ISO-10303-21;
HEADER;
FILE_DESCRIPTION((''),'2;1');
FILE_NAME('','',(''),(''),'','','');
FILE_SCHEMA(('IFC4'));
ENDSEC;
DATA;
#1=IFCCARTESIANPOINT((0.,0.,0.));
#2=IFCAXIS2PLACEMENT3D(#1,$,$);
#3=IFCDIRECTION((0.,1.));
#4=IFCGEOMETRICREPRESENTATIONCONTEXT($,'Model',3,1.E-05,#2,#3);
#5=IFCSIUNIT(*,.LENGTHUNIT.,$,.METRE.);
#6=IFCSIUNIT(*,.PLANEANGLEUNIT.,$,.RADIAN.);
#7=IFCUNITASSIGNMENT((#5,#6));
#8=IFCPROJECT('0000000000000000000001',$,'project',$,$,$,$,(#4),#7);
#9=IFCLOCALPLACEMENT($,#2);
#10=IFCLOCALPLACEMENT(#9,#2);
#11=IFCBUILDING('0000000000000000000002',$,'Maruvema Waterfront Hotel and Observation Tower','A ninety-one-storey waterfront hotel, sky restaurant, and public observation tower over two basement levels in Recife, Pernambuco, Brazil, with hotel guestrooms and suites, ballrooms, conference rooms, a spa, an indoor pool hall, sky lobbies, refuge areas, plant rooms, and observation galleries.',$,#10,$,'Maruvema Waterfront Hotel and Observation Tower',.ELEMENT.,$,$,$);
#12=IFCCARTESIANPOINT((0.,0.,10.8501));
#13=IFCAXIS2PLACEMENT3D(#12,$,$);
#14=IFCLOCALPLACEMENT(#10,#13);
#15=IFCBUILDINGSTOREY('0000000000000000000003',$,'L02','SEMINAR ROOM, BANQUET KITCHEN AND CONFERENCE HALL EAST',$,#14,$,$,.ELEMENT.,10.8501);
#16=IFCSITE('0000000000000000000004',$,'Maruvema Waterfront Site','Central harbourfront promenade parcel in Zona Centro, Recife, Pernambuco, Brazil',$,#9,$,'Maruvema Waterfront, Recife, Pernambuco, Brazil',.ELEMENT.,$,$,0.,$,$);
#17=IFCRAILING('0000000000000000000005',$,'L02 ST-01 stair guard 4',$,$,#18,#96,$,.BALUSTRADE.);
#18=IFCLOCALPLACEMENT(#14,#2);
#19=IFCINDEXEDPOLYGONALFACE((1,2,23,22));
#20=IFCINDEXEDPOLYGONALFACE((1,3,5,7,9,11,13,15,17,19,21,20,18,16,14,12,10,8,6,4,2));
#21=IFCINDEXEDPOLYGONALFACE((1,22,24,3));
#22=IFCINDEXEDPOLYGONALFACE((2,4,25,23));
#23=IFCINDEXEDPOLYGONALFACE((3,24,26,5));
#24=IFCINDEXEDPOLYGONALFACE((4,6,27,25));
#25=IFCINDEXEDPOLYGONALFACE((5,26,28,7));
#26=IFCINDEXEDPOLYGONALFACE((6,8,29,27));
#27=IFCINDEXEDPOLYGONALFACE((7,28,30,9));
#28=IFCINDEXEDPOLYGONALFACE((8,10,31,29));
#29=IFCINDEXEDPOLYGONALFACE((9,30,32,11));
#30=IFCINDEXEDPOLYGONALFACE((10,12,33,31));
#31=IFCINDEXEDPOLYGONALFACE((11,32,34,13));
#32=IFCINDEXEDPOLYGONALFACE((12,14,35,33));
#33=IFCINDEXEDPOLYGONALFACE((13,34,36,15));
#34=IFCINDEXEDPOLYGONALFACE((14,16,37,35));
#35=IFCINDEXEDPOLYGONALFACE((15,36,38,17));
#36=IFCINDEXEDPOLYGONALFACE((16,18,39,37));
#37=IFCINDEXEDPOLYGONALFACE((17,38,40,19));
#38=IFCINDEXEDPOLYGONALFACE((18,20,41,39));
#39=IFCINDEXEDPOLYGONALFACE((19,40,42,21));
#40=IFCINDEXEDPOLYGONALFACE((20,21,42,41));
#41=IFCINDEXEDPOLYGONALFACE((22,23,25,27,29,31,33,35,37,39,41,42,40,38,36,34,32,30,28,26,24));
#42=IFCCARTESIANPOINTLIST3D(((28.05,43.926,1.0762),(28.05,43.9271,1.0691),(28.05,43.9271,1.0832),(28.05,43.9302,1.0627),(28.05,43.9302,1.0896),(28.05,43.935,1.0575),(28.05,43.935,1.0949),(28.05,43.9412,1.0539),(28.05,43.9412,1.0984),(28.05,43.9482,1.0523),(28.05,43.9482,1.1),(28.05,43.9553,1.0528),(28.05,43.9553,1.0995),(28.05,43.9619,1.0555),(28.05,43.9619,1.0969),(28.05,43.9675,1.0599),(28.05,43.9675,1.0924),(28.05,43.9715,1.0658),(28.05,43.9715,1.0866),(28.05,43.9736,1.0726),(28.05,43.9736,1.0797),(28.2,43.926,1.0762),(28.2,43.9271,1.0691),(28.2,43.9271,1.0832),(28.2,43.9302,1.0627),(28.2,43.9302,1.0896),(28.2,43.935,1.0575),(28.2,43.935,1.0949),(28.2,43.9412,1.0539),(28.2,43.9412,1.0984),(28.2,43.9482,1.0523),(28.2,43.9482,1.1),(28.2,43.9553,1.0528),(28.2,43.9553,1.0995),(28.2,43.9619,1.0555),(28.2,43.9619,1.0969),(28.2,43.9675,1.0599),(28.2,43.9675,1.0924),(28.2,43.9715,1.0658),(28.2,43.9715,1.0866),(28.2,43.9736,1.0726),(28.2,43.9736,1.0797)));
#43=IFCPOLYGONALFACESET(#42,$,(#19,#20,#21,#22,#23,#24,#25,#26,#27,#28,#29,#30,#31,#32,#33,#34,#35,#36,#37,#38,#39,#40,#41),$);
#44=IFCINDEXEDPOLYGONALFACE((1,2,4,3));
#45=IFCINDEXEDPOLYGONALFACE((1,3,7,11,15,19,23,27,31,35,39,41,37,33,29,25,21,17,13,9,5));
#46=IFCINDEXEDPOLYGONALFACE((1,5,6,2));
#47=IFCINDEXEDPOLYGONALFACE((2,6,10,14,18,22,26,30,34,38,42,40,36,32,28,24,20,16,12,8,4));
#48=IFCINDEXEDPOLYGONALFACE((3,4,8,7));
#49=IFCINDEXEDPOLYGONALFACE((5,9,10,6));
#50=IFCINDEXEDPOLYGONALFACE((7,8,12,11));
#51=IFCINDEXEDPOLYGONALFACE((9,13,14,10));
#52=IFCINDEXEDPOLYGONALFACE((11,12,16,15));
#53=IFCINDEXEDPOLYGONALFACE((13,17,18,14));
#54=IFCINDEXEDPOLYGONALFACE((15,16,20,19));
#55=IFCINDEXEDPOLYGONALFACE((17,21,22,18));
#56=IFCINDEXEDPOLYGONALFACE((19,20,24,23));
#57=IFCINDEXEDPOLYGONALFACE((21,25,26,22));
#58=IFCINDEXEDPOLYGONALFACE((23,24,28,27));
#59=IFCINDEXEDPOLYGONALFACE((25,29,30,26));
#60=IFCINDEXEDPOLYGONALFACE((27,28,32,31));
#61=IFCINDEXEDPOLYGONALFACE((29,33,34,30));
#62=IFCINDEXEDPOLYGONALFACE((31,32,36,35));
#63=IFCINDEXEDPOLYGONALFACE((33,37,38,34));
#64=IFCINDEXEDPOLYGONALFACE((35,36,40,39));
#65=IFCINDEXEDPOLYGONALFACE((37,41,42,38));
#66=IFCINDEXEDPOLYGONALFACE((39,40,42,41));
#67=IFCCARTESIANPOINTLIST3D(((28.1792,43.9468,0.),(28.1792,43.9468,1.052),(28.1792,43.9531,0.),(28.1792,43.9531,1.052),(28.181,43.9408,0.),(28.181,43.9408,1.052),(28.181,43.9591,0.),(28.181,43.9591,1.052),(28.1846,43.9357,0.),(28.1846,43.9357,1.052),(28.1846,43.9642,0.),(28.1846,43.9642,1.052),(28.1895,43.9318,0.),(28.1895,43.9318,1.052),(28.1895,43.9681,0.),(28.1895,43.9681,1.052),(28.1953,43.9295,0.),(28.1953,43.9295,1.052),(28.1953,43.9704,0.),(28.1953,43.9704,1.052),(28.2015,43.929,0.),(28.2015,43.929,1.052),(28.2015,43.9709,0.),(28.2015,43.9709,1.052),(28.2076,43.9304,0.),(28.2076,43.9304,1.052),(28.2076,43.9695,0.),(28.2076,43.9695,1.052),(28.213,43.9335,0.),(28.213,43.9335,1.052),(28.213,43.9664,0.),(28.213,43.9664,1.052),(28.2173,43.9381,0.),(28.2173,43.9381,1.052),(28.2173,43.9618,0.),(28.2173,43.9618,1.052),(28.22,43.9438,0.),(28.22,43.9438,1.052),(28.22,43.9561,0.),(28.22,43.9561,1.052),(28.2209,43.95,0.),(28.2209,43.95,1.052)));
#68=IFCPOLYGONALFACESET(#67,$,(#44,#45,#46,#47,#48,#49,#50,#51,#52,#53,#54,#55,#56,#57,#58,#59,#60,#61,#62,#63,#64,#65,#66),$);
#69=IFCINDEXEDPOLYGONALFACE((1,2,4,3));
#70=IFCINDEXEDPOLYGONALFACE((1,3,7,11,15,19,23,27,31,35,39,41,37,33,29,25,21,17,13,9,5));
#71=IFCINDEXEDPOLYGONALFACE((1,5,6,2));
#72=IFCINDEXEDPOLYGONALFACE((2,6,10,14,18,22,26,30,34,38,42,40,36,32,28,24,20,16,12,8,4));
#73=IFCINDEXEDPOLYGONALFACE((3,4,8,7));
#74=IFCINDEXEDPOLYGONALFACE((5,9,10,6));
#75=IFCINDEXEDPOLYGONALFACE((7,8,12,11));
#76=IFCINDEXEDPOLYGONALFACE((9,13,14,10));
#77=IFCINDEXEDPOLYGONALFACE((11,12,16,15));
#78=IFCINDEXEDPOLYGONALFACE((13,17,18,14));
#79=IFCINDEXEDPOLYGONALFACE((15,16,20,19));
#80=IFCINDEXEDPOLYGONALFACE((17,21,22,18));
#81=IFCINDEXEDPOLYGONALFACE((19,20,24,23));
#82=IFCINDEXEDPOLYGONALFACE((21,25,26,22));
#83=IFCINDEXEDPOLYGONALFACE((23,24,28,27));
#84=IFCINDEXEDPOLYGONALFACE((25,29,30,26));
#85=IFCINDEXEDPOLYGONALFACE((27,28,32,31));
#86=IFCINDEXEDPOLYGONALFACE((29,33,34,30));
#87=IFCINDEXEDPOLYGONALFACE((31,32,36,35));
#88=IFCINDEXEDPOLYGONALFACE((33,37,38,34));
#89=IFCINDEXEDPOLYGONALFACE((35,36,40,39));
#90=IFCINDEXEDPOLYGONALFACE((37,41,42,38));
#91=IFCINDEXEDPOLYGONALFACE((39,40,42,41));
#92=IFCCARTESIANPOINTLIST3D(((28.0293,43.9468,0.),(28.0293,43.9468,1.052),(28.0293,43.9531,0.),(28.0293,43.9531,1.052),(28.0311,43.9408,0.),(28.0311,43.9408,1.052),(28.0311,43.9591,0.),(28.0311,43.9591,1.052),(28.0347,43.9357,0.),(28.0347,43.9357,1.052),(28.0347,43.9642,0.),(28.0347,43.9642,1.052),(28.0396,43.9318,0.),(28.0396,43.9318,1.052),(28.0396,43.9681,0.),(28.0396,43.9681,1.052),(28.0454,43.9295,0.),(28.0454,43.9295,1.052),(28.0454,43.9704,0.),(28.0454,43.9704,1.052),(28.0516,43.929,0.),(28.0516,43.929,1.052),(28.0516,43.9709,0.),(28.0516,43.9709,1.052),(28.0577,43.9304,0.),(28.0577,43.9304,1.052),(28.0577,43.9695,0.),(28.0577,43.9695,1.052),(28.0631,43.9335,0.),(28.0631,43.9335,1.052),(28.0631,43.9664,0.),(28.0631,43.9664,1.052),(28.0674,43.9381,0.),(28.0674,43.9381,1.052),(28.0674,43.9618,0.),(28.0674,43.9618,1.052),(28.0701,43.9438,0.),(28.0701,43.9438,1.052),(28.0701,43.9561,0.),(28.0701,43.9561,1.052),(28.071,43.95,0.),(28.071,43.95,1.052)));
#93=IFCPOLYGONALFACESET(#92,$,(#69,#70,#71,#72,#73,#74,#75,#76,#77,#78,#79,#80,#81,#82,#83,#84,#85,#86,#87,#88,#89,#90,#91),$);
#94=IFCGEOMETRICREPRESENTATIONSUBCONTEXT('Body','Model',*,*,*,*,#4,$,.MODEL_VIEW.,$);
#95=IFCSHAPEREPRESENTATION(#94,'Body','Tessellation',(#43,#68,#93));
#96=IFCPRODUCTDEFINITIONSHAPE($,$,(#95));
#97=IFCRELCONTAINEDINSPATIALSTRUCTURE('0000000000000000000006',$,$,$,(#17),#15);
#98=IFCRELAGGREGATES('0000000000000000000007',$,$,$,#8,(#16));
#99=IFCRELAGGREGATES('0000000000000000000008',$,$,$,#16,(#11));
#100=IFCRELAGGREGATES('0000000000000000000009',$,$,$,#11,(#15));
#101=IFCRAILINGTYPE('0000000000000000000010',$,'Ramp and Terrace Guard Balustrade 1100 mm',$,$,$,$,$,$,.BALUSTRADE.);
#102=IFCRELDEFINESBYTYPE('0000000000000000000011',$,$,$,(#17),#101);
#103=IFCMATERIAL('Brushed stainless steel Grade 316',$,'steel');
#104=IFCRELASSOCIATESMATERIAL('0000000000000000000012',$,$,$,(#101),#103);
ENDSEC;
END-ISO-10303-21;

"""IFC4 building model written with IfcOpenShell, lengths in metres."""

from ifc_helpers import new_model, si_unit, direction, frame, origin, origin_2d, place, context, subcontext, project, spatial, circle, extrude, material, type_object, element, save


model = new_model("IFC4")

# Units and contexts
model_context = context("Model", 3, precision=1e-05, world=origin(), true_north=direction((0.0, 1.0)))
body_context = subcontext(model_context, "Body", "Model", "MODEL_VIEW")
ifc_project = project(units=[si_unit("LENGTHUNIT", "METRE"), si_unit("PLANEANGLEUNIT", "RADIAN")], contexts=[model_context])

# Site, building, storey
site_placement = place(None, origin())
site = spatial("IfcSite", under=ifc_project, at=site_placement, Name="Maruvema Waterfront Site", Description="Central harbourfront promenade parcel in Zona Centro, Recife, Pernambuco, Brazil", LongName="Maruvema Waterfront, Recife, Pernambuco, Brazil", CompositionType="ELEMENT", RefElevation=0.0)
building_placement = place(site_placement, origin())
building = spatial("IfcBuilding", under=site, at=building_placement, Name="Maruvema Waterfront Hotel and Observation Tower", Description="A ninety-one-storey waterfront hotel, sky restaurant, and public observation tower over two basement levels in Recife, Pernambuco, Brazil, with hotel guestrooms and suites, ballrooms, conference rooms, a spa, an indoor pool hall, sky lobbies, refuge areas, plant rooms, and observation galleries.", LongName="Maruvema Waterfront Hotel and Observation Tower", CompositionType="ELEMENT")
storey_placement = place(building_placement, frame((0.0, 0.0, 10.8501)))
storey = spatial("IfcBuildingStorey", under=building, at=storey_placement, Name="L02", Description="SEMINAR ROOM, BANQUET KITCHEN AND CONFERENCE HALL EAST", CompositionType="ELEMENT", Elevation=10.8501)

# Railing
ifc_material_1 = material(Name="Brushed stainless steel Grade 316", Category="steel")
railing_type_1 = type_object("IfcRailingType", Name="Ramp and Terrace Guard Balustrade 1100 mm", PredefinedType="BALUSTRADE", material=ifc_material_1)
railing_1_placement = place(storey_placement, frame((28.2, 43.95, 0.0)))
element("IfcRailing", 1, at=railing_1_placement, inside=storey, type_object=railing_type_1, Name="L02 ST-01 stair guard 4", PredefinedType="BALUSTRADE", context=body_context, shape_type="SweptSolid", body=[
    extrude(circle(Radius=0.0239, at=origin_2d()), frame((0.0, 0.0, 1.0762), z_axis=(-1.0, 0.0, 0.0), x_axis=(0.0, -1.0, 0.0)), (0.0, 0.0, 1.0), 0.1499),
    extrude(circle(Radius=0.021, at=origin_2d()), origin(), (0.0, 0.0, 1.0), 1.052),
    extrude(circle(Radius=0.021, at=origin_2d()), frame((-0.1499, 0.0, 0.0)), (0.0, 0.0, 1.0), 1.052),
])

save(model, "model.ifc")
